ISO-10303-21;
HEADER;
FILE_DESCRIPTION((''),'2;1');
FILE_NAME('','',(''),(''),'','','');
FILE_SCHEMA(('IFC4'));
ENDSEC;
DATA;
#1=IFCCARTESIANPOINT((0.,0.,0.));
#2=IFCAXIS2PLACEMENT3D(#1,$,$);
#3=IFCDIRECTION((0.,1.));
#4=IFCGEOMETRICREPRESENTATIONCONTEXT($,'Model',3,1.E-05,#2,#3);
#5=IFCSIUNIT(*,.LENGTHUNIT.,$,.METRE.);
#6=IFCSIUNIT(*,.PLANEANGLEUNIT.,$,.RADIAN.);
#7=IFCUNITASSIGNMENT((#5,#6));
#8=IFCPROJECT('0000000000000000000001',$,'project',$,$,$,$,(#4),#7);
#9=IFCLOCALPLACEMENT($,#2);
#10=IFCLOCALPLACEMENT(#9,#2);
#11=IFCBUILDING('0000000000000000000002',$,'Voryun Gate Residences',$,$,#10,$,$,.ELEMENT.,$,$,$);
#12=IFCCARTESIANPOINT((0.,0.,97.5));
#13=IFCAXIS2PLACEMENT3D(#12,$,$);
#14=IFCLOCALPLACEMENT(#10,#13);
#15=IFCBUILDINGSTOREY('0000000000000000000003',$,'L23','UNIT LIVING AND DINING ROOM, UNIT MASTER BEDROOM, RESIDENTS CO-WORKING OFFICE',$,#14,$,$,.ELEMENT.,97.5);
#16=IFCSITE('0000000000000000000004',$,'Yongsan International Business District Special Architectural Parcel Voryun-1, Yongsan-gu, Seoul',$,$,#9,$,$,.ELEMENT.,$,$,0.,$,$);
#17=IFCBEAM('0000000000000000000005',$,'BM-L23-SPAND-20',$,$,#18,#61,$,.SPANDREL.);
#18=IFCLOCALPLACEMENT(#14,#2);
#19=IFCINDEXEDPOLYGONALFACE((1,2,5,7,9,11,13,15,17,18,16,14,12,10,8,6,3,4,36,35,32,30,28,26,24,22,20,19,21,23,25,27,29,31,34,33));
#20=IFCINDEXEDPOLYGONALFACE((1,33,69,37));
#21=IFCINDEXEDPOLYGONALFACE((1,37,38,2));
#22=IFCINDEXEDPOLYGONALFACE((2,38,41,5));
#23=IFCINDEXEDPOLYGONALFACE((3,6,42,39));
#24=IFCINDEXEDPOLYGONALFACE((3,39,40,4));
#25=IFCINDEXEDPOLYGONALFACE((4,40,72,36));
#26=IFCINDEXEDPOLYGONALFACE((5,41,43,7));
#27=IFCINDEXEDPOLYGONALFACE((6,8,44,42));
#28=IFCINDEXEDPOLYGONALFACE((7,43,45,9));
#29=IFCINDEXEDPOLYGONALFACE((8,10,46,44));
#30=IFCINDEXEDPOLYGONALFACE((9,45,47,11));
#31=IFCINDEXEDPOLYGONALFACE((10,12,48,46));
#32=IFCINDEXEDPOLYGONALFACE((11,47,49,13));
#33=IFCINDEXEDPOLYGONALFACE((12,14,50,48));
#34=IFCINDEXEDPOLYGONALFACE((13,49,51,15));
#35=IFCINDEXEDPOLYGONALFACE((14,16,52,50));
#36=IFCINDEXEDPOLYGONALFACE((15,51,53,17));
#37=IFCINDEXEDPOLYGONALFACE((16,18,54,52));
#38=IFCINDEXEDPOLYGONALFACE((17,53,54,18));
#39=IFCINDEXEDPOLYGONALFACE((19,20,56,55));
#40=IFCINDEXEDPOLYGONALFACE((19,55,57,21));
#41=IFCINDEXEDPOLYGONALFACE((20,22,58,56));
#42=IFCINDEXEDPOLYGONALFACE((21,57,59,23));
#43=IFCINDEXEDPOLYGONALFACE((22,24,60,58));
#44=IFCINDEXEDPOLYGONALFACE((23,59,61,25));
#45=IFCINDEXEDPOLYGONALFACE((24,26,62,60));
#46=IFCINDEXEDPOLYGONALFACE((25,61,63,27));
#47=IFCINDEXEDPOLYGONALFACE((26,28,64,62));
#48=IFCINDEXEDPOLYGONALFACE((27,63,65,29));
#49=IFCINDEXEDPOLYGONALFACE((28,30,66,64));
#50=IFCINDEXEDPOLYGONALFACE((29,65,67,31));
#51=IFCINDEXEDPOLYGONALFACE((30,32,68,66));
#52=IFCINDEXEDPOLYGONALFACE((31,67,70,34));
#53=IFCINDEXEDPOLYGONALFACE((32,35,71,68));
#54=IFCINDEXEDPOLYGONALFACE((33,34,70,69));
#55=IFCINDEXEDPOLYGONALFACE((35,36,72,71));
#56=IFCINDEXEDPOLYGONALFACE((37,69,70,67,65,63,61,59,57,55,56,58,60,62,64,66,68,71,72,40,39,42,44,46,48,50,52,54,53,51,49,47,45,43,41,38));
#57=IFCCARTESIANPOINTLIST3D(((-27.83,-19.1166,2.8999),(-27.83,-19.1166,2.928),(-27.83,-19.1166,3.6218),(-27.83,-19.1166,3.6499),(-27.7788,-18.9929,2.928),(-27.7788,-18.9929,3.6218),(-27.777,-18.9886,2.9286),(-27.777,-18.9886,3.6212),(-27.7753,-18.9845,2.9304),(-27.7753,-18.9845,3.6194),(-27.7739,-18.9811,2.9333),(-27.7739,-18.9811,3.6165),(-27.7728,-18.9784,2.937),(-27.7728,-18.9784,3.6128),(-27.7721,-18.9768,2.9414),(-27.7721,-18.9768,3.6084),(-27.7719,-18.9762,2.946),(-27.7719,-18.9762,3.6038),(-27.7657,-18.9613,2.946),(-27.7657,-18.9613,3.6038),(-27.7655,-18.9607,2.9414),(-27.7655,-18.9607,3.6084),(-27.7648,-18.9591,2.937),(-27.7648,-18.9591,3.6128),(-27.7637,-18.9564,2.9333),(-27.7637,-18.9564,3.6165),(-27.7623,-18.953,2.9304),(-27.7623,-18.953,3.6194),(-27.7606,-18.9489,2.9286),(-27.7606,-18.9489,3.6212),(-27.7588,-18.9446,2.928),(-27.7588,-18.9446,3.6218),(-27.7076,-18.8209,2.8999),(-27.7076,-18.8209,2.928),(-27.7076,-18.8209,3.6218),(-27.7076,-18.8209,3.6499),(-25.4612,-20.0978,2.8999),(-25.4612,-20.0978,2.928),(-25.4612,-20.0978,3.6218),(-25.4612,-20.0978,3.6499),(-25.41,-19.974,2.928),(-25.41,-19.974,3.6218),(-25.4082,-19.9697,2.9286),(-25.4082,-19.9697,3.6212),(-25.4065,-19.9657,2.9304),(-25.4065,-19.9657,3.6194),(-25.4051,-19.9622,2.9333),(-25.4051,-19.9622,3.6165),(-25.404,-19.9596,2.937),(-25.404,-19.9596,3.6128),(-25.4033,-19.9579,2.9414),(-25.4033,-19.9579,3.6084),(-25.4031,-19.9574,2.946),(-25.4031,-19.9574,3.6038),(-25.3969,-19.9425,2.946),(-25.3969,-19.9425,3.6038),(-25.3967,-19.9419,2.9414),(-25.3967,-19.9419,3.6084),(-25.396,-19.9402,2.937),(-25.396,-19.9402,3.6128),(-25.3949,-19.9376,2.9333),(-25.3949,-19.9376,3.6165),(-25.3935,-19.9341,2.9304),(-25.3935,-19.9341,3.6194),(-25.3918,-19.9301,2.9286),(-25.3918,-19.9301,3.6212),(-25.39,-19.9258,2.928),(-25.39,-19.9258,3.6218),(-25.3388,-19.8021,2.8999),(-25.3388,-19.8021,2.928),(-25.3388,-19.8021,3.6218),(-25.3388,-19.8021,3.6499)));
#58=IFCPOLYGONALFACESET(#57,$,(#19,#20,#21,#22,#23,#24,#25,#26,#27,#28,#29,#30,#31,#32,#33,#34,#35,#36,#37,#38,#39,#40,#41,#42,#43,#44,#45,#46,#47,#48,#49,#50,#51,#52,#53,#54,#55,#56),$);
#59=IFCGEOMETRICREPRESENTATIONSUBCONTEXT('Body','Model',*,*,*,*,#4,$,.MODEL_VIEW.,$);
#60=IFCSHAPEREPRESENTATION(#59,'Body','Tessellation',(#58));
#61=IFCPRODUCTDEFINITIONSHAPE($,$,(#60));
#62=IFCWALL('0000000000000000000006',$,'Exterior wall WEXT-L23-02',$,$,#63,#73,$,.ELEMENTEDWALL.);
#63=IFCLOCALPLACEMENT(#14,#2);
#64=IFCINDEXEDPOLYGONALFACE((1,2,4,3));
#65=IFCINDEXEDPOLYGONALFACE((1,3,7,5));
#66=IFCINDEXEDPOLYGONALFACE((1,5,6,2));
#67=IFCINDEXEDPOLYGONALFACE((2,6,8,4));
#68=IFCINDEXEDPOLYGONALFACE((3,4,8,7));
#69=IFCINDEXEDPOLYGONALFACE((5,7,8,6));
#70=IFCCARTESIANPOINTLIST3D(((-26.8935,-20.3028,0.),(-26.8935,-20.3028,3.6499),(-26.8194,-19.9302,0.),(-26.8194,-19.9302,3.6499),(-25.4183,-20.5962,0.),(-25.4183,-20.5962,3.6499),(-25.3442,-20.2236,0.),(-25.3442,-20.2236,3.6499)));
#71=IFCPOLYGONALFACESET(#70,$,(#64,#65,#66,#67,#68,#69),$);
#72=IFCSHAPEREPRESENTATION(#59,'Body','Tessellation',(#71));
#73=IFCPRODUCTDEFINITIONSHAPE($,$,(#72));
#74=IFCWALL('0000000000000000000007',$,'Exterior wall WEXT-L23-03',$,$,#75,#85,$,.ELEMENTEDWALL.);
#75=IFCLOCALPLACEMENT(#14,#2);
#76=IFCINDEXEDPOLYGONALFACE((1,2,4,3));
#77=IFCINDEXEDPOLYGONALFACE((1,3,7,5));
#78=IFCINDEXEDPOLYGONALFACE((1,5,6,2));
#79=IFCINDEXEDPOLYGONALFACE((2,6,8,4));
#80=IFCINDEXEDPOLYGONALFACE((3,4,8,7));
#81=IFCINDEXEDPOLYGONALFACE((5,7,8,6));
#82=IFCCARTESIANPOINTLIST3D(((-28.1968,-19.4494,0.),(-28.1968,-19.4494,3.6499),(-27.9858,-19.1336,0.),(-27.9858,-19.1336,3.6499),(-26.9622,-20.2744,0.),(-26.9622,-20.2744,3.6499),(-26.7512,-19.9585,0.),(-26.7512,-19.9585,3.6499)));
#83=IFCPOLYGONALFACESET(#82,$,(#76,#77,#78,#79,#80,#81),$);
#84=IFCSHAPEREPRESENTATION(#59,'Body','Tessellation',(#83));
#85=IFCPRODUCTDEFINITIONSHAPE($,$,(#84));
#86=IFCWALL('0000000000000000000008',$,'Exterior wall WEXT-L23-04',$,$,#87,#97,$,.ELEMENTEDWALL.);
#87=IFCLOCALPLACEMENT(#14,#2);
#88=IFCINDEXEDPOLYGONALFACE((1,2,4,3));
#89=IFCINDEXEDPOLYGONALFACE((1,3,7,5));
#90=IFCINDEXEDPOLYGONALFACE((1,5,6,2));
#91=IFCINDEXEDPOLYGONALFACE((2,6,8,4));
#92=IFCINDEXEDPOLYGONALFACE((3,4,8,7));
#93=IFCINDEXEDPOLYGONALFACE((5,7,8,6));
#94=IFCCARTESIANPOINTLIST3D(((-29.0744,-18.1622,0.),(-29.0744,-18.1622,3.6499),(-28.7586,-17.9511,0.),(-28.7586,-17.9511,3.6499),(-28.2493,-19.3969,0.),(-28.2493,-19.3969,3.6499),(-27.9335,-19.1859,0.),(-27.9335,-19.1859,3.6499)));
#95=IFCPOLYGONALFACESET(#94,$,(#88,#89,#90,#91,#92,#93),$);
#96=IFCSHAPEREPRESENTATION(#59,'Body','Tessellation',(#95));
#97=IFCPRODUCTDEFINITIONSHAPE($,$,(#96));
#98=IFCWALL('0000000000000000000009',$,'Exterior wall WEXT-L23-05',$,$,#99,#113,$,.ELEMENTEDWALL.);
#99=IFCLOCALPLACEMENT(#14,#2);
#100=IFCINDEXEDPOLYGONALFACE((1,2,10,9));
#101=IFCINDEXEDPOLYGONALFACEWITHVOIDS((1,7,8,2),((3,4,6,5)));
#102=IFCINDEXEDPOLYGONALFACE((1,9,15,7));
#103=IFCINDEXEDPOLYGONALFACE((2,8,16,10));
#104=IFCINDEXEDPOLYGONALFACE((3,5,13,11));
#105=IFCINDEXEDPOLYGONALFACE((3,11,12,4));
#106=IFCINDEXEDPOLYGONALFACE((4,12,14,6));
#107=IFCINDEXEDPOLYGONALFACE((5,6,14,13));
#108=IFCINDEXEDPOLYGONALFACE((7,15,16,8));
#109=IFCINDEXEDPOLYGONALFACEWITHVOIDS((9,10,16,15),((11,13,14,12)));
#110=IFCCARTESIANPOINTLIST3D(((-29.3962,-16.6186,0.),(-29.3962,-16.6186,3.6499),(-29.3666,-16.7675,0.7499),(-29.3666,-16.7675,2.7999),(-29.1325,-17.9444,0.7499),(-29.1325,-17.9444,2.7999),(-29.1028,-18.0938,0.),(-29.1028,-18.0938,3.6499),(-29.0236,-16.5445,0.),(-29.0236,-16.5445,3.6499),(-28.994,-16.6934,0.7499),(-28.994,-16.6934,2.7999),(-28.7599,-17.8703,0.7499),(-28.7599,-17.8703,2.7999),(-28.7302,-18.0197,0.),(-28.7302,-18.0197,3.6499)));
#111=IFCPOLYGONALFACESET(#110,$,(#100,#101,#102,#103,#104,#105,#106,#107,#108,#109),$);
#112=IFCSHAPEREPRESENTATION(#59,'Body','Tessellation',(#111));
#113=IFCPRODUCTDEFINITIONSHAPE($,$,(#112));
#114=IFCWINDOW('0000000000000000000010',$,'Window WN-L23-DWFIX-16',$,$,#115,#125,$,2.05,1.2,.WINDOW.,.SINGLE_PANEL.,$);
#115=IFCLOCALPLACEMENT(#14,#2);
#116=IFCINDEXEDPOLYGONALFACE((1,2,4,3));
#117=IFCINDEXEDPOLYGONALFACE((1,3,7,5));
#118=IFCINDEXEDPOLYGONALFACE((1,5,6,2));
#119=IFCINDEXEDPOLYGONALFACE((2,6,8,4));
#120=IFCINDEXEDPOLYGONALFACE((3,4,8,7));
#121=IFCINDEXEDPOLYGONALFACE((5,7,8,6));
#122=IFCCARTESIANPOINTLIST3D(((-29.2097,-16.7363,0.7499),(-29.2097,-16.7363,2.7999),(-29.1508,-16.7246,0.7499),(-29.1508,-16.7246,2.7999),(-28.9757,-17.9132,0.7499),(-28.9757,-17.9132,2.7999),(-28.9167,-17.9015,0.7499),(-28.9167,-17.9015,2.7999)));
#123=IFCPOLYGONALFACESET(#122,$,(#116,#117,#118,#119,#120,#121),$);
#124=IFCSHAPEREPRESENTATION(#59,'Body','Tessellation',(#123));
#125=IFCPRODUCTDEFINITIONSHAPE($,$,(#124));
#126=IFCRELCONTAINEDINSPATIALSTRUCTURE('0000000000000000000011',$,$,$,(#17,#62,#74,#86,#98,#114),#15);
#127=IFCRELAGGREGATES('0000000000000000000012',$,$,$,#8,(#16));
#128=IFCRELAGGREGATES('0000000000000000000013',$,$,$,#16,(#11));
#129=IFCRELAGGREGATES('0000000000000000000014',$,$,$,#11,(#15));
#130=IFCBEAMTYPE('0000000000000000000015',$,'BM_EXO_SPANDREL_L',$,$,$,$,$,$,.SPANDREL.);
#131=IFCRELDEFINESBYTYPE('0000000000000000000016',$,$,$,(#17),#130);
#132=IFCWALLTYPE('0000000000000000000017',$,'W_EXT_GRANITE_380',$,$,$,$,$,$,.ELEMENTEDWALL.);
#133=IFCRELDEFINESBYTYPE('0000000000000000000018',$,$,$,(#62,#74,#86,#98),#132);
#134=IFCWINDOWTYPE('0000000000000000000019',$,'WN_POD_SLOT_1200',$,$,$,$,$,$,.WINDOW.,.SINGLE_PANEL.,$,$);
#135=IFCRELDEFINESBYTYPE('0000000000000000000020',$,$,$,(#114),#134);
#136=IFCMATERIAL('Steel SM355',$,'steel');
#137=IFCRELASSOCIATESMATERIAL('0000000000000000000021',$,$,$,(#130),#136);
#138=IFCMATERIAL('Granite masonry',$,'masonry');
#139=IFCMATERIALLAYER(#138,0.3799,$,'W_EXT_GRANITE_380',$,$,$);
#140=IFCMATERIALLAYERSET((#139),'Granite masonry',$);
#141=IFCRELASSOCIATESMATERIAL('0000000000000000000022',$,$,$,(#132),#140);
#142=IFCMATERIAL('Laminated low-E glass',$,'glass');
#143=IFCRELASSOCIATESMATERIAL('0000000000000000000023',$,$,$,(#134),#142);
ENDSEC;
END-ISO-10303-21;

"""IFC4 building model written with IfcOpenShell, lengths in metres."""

from ifc_helpers import new_model, si_unit, direction, frame, frame_2d, origin, origin_2d, place, context, subcontext, project, spatial, rectangle, i_section, extrude, material, layer, layer_set, material_profile, profile_set, type_object, element, fill, save


model = new_model("IFC4")

# Units and contexts
model_context = context("Model", 3, precision=1e-05, world=origin(), true_north=direction((0.0, 1.0)))
body_context = subcontext(model_context, "Body", "Model", "MODEL_VIEW")
ifc_project = project(units=[si_unit("LENGTHUNIT", "METRE"), si_unit("PLANEANGLEUNIT", "RADIAN")], contexts=[model_context])

# Site, building, storey
site_placement = place(None, origin())
site = spatial("IfcSite", under=ifc_project, at=site_placement, Name="Yongsan International Business District Special Architectural Parcel Voryun-1, Yongsan-gu, Seoul", CompositionType="ELEMENT", RefElevation=0.0)
building_placement = place(site_placement, origin())
building = spatial("IfcBuilding", under=site, at=building_placement, Name="Voryun Gate Residences", CompositionType="ELEMENT")
storey_placement = place(building_placement, frame((0.0, 0.0, 97.5)))
storey = spatial("IfcBuildingStorey", under=building, at=storey_placement, Name="L23", Description="UNIT LIVING AND DINING ROOM, UNIT MASTER BEDROOM, RESIDENTS CO-WORKING OFFICE", CompositionType="ELEMENT", Elevation=97.5)

# Beam
ifc_material_1 = material(Name="Steel SM355", Category="steel")
ifc_material_profile_1 = material_profile(ifc_material_1, i_section(OverallWidth=0.3201, OverallDepth=0.75, WebThickness=0.0161, FlangeThickness=0.0281, FilletRadius=0.0181, at=origin_2d()), Name="H-750x320x16x28")
ifc_profile_set_1 = profile_set([ifc_material_profile_1], Name="Steel SM355")
beam_type = type_object("IfcBeamType", Name="BM_EXO_SPANDREL_L", PredefinedType="SPANDREL", material=ifc_profile_set_1)
beam_1_placement = place(storey_placement, frame((-27.7688, -18.9688, 3.2749), z_axis=(0.923883, -0.382674, 0.0), x_axis=(0.382674, 0.923883, 0.0)))
element("IfcBeam", 1, at=beam_1_placement, inside=storey, type_object=beam_type, Name="BM-L23-SPAND-20", PredefinedType="SPANDREL", context=body_context, shape_type="SweptSolid", body=[
    extrude(i_section(OverallWidth=0.3201, OverallDepth=0.75, WebThickness=0.0161, FlangeThickness=0.0281, FilletRadius=0.0181, at=origin_2d()), origin(), (0.0, 0.0, 1.0), 2.564),
])

# Walls
ifc_material_2 = material(Name="Granite masonry", Category="masonry")
ifc_layer_1 = layer(ifc_material_2, 0.3799, Name="W_EXT_GRANITE_380")
ifc_layer_set_1 = layer_set([ifc_layer_1], Name="Granite masonry")
wall_type_1 = type_object("IfcWallType", Name="W_EXT_GRANITE_380", PredefinedType="ELEMENTEDWALL", material=ifc_layer_set_1)
wall_1_placement = place(storey_placement, frame((-25.3813, -20.4099, 0.0), z_axis=(0.0, 0.0, 1.0), x_axis=(-0.980786, 0.195086, 0.0)))
element("IfcWall", 2, at=wall_1_placement, inside=storey, type_object=wall_type_1, Name="Exterior wall WEXT-L23-02", PredefinedType="ELEMENTEDWALL", context=body_context, shape_type="SweptSolid", body=[
    extrude(rectangle(XDim=1.5042, YDim=0.3799, at=frame_2d((0.752, 0.0))), origin(), (0.0, 0.0, 1.0), 3.6499),
])
wall_2_placement = place(storey_placement, frame((-26.8567, -20.1165, 0.0), z_axis=(0.0, 0.0, 1.0), x_axis=(-0.831468, 0.555573, 0.0)))
element("IfcWall", 3, at=wall_2_placement, inside=storey, type_object=wall_type_1, Name="Exterior wall WEXT-L23-03", PredefinedType="ELEMENTEDWALL", context=body_context, shape_type="SweptSolid", body=[
    extrude(rectangle(XDim=1.4849, YDim=0.3799, at=frame_2d((0.7424, 0.0))), origin(), (0.0, 0.0, 1.0), 3.6499),
])
wall_3_placement = place(storey_placement, frame((-28.0913, -19.2915, 0.0), z_axis=(0.0, 0.0, 1.0), x_axis=(-0.55561, 0.831443, 0.0)))
element("IfcWall", 4, at=wall_3_placement, inside=storey, type_object=wall_type_1, Name="Exterior wall WEXT-L23-04", PredefinedType="ELEMENTEDWALL", context=body_context, shape_type="SweptSolid", body=[
    extrude(rectangle(XDim=1.4851, YDim=0.3799, at=frame_2d((0.7427, 0.0))), origin(), (0.0, 0.0, 1.0), 3.6499),
])

# Wall, opening, window
wall_4_placement = place(storey_placement, frame((-28.9165, -18.0566, 0.0), z_axis=(0.0, 0.0, 1.0), x_axis=(-0.195086, 0.980786, 0.0)))
wall_4 = element("IfcWall", 5, at=wall_4_placement, inside=storey, type_object=wall_type_1, Name="Exterior wall WEXT-L23-05", PredefinedType="ELEMENTEDWALL", context=body_context, shape_type="SweptSolid", body=[
    extrude(rectangle(XDim=1.5042, YDim=0.3799, at=frame_2d((0.752, 0.0))), origin(), (0.0, 0.0, 1.0), 3.6499),
])
opening_1_placement = place(wall_4_placement, frame((0.1521, 0.0, 0.75)))
opening_1 = element("IfcOpeningElement", 6, at=opening_1_placement, cuts=wall_4, PredefinedType="OPENING", context=body_context, shape_type="SweptSolid", body=[
    extrude(rectangle(XDim=1.2, YDim=2.05, at=frame_2d((0.6001, 1.0249))), frame((0.0, 0.2, 0.0), z_axis=(0.0, -1.0, 0.0), x_axis=(1.0, 0.0, 0.0)), (0.0, 0.0, 1.0), 0.3999),
])
ifc_material_3 = material(Name="Laminated low-E glass", Category="glass")
window_type = type_object("IfcWindowType", Name="WN_POD_SLOT_1200", PartitioningType="SINGLE_PANEL", PredefinedType="WINDOW", material=ifc_material_3)
window_1_placement = place(opening_1_placement, origin())
window_1 = element("IfcWindow", 7, at=window_1_placement, inside=storey, type_object=window_type, Name="Window WN-L23-DWFIX-16", OverallHeight=2.05, OverallWidth=1.2, PartitioningType="SINGLE_PANEL", PredefinedType="WINDOW", context=body_context, shape_type="SweptSolid", body=[
    extrude(rectangle(XDim=1.2, YDim=2.05, at=frame_2d((0.6001, 1.0249))), frame((0.0, 0.03, 0.0), z_axis=(0.0, -1.0, 0.0), x_axis=(1.0, 0.0, 0.0)), (0.0, 0.0, 1.0), 0.0601),
])
fill(opening_1, window_1)

save(model, "model.ifc")
